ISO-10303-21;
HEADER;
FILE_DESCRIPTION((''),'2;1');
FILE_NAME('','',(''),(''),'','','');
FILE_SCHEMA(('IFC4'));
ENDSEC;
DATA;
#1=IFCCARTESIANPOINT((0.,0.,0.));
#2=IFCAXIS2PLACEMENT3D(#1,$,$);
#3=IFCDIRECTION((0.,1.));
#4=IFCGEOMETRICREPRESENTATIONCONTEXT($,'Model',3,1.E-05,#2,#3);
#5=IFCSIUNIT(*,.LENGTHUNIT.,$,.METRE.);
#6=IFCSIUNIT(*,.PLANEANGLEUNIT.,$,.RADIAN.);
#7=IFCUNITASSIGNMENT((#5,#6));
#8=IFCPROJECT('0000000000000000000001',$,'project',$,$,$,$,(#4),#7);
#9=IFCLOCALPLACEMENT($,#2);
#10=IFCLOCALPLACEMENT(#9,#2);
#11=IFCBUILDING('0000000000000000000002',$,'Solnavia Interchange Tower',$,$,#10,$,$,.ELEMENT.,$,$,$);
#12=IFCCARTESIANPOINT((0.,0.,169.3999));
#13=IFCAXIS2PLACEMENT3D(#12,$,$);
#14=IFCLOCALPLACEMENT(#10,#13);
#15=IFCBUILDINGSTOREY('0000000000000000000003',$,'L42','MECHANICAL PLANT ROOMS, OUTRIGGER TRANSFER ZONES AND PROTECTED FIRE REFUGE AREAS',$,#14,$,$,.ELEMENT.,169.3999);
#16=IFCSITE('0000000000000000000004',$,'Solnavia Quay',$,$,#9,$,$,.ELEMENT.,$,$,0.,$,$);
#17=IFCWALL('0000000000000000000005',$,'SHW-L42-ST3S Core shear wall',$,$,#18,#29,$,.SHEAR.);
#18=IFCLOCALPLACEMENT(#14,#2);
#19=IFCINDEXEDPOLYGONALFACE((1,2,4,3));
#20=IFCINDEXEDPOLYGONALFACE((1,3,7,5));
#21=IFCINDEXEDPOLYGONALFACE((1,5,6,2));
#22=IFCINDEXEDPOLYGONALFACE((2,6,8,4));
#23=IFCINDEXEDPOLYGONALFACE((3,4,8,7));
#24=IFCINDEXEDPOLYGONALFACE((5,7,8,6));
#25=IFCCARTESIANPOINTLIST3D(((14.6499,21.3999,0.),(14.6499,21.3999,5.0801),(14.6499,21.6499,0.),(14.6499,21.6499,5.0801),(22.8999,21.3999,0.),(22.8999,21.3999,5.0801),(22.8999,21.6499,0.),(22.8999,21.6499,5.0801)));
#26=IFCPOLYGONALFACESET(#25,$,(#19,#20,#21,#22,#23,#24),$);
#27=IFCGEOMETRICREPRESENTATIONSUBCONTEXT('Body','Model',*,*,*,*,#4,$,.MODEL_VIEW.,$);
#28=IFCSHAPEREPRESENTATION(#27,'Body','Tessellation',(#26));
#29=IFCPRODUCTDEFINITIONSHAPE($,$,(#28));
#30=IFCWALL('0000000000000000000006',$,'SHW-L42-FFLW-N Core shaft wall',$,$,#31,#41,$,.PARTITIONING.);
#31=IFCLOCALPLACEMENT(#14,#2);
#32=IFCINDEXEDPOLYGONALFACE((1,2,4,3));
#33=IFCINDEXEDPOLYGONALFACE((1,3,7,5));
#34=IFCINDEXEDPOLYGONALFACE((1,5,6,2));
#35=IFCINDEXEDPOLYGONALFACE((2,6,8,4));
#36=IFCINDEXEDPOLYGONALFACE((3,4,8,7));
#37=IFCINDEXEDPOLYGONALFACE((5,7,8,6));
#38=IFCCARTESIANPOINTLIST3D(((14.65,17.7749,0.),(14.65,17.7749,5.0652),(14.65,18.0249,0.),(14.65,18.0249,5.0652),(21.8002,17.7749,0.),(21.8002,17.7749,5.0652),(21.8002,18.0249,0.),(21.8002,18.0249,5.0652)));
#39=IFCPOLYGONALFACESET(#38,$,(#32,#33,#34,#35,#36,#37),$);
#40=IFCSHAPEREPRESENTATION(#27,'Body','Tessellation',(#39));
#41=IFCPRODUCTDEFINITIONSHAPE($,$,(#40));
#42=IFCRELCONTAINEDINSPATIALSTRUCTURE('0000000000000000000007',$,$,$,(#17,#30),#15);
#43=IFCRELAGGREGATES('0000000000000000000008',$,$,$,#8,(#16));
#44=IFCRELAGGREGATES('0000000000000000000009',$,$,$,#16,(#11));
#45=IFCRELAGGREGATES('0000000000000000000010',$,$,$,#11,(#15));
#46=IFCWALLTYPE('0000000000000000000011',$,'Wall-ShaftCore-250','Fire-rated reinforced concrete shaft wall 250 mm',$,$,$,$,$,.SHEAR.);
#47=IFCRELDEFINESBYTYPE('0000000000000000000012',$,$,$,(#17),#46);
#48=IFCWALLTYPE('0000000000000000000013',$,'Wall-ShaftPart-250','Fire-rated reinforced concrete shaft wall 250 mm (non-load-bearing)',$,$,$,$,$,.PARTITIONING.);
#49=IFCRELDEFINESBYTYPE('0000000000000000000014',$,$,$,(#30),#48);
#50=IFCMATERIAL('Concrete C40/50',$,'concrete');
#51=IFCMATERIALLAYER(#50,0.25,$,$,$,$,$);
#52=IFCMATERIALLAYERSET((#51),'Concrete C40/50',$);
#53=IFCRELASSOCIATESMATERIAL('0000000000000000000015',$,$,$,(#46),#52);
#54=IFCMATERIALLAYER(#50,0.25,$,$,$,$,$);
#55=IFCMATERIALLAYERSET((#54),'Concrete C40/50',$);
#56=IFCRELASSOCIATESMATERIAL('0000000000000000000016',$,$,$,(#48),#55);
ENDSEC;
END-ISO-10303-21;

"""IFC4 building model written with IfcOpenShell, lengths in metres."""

from ifc_helpers import new_model, si_unit, direction, frame, frame_2d, origin, place, context, subcontext, project, spatial, rectangle, extrude, material, layer, layer_set, type_object, element, save


model = new_model("IFC4")

# Units and contexts
model_context = context("Model", 3, precision=1e-05, world=origin(), true_north=direction((0.0, 1.0)))
body_context = subcontext(model_context, "Body", "Model", "MODEL_VIEW")
ifc_project = project(units=[si_unit("LENGTHUNIT", "METRE"), si_unit("PLANEANGLEUNIT", "RADIAN")], contexts=[model_context])

# Site, building, storey
site_placement = place(None, origin())
site = spatial("IfcSite", under=ifc_project, at=site_placement, Name="Solnavia Quay", CompositionType="ELEMENT", RefElevation=0.0)
building_placement = place(site_placement, origin())
building = spatial("IfcBuilding", under=site, at=building_placement, Name="Solnavia Interchange Tower", CompositionType="ELEMENT")
storey_placement = place(building_placement, frame((0.0, 0.0, 169.3999)))
storey = spatial("IfcBuildingStorey", under=building, at=storey_placement, Name="L42", Description="MECHANICAL PLANT ROOMS, OUTRIGGER TRANSFER ZONES AND PROTECTED FIRE REFUGE AREAS", CompositionType="ELEMENT", Elevation=169.3999)

# Shared definitions
ifc_material_1 = material(Name="Concrete C40/50", Category="concrete")
ifc_layer_1 = layer(ifc_material_1, 0.25)
ifc_layer_set_1 = layer_set([ifc_layer_1], Name="Concrete C40/50")
wall_type_1 = type_object("IfcWallType", Name="Wall-ShaftCore-250", Description="Fire-rated reinforced concrete shaft wall 250 mm", PredefinedType="SHEAR", material=ifc_layer_set_1)

# Walls
wall_1_placement = place(storey_placement, frame((14.6499, 21.5249, 0.0), z_axis=(0.0, 0.0, 1.0), x_axis=(1.0, 0.0, 0.0)))
element("IfcWall", 1, at=wall_1_placement, inside=storey, type_object=wall_type_1, Name="SHW-L42-ST3S Core shear wall", PredefinedType="SHEAR", context=body_context, shape_type="SweptSolid", body=[
    extrude(rectangle(XDim=8.25, YDim=0.25, at=frame_2d((4.125, 0.0))), origin(), (0.0, 0.0, 1.0), 5.0801),
])
ifc_layer_2 = layer(ifc_material_1, 0.25)
ifc_layer_set_2 = layer_set([ifc_layer_2], Name="Concrete C40/50")
wall_type_2 = type_object("IfcWallType", Name="Wall-ShaftPart-250", Description="Fire-rated reinforced concrete shaft wall 250 mm (non-load-bearing)", PredefinedType="PARTITIONING", material=ifc_layer_set_2)
wall_2_placement = place(storey_placement, frame((14.6499, 17.8999, 0.0), z_axis=(0.0, 0.0, 1.0), x_axis=(1.0, 0.0, 0.0)))
element("IfcWall", 2, at=wall_2_placement, inside=storey, type_object=wall_type_2, Name="SHW-L42-FFLW-N Core shaft wall", PredefinedType="PARTITIONING", context=body_context, shape_type="SweptSolid", body=[
    extrude(rectangle(XDim=7.1501, YDim=0.25, at=frame_2d((3.5752, 0.0))), origin(), (0.0, 0.0, 1.0), 5.0652),
])

save(model, "model.ifc")
